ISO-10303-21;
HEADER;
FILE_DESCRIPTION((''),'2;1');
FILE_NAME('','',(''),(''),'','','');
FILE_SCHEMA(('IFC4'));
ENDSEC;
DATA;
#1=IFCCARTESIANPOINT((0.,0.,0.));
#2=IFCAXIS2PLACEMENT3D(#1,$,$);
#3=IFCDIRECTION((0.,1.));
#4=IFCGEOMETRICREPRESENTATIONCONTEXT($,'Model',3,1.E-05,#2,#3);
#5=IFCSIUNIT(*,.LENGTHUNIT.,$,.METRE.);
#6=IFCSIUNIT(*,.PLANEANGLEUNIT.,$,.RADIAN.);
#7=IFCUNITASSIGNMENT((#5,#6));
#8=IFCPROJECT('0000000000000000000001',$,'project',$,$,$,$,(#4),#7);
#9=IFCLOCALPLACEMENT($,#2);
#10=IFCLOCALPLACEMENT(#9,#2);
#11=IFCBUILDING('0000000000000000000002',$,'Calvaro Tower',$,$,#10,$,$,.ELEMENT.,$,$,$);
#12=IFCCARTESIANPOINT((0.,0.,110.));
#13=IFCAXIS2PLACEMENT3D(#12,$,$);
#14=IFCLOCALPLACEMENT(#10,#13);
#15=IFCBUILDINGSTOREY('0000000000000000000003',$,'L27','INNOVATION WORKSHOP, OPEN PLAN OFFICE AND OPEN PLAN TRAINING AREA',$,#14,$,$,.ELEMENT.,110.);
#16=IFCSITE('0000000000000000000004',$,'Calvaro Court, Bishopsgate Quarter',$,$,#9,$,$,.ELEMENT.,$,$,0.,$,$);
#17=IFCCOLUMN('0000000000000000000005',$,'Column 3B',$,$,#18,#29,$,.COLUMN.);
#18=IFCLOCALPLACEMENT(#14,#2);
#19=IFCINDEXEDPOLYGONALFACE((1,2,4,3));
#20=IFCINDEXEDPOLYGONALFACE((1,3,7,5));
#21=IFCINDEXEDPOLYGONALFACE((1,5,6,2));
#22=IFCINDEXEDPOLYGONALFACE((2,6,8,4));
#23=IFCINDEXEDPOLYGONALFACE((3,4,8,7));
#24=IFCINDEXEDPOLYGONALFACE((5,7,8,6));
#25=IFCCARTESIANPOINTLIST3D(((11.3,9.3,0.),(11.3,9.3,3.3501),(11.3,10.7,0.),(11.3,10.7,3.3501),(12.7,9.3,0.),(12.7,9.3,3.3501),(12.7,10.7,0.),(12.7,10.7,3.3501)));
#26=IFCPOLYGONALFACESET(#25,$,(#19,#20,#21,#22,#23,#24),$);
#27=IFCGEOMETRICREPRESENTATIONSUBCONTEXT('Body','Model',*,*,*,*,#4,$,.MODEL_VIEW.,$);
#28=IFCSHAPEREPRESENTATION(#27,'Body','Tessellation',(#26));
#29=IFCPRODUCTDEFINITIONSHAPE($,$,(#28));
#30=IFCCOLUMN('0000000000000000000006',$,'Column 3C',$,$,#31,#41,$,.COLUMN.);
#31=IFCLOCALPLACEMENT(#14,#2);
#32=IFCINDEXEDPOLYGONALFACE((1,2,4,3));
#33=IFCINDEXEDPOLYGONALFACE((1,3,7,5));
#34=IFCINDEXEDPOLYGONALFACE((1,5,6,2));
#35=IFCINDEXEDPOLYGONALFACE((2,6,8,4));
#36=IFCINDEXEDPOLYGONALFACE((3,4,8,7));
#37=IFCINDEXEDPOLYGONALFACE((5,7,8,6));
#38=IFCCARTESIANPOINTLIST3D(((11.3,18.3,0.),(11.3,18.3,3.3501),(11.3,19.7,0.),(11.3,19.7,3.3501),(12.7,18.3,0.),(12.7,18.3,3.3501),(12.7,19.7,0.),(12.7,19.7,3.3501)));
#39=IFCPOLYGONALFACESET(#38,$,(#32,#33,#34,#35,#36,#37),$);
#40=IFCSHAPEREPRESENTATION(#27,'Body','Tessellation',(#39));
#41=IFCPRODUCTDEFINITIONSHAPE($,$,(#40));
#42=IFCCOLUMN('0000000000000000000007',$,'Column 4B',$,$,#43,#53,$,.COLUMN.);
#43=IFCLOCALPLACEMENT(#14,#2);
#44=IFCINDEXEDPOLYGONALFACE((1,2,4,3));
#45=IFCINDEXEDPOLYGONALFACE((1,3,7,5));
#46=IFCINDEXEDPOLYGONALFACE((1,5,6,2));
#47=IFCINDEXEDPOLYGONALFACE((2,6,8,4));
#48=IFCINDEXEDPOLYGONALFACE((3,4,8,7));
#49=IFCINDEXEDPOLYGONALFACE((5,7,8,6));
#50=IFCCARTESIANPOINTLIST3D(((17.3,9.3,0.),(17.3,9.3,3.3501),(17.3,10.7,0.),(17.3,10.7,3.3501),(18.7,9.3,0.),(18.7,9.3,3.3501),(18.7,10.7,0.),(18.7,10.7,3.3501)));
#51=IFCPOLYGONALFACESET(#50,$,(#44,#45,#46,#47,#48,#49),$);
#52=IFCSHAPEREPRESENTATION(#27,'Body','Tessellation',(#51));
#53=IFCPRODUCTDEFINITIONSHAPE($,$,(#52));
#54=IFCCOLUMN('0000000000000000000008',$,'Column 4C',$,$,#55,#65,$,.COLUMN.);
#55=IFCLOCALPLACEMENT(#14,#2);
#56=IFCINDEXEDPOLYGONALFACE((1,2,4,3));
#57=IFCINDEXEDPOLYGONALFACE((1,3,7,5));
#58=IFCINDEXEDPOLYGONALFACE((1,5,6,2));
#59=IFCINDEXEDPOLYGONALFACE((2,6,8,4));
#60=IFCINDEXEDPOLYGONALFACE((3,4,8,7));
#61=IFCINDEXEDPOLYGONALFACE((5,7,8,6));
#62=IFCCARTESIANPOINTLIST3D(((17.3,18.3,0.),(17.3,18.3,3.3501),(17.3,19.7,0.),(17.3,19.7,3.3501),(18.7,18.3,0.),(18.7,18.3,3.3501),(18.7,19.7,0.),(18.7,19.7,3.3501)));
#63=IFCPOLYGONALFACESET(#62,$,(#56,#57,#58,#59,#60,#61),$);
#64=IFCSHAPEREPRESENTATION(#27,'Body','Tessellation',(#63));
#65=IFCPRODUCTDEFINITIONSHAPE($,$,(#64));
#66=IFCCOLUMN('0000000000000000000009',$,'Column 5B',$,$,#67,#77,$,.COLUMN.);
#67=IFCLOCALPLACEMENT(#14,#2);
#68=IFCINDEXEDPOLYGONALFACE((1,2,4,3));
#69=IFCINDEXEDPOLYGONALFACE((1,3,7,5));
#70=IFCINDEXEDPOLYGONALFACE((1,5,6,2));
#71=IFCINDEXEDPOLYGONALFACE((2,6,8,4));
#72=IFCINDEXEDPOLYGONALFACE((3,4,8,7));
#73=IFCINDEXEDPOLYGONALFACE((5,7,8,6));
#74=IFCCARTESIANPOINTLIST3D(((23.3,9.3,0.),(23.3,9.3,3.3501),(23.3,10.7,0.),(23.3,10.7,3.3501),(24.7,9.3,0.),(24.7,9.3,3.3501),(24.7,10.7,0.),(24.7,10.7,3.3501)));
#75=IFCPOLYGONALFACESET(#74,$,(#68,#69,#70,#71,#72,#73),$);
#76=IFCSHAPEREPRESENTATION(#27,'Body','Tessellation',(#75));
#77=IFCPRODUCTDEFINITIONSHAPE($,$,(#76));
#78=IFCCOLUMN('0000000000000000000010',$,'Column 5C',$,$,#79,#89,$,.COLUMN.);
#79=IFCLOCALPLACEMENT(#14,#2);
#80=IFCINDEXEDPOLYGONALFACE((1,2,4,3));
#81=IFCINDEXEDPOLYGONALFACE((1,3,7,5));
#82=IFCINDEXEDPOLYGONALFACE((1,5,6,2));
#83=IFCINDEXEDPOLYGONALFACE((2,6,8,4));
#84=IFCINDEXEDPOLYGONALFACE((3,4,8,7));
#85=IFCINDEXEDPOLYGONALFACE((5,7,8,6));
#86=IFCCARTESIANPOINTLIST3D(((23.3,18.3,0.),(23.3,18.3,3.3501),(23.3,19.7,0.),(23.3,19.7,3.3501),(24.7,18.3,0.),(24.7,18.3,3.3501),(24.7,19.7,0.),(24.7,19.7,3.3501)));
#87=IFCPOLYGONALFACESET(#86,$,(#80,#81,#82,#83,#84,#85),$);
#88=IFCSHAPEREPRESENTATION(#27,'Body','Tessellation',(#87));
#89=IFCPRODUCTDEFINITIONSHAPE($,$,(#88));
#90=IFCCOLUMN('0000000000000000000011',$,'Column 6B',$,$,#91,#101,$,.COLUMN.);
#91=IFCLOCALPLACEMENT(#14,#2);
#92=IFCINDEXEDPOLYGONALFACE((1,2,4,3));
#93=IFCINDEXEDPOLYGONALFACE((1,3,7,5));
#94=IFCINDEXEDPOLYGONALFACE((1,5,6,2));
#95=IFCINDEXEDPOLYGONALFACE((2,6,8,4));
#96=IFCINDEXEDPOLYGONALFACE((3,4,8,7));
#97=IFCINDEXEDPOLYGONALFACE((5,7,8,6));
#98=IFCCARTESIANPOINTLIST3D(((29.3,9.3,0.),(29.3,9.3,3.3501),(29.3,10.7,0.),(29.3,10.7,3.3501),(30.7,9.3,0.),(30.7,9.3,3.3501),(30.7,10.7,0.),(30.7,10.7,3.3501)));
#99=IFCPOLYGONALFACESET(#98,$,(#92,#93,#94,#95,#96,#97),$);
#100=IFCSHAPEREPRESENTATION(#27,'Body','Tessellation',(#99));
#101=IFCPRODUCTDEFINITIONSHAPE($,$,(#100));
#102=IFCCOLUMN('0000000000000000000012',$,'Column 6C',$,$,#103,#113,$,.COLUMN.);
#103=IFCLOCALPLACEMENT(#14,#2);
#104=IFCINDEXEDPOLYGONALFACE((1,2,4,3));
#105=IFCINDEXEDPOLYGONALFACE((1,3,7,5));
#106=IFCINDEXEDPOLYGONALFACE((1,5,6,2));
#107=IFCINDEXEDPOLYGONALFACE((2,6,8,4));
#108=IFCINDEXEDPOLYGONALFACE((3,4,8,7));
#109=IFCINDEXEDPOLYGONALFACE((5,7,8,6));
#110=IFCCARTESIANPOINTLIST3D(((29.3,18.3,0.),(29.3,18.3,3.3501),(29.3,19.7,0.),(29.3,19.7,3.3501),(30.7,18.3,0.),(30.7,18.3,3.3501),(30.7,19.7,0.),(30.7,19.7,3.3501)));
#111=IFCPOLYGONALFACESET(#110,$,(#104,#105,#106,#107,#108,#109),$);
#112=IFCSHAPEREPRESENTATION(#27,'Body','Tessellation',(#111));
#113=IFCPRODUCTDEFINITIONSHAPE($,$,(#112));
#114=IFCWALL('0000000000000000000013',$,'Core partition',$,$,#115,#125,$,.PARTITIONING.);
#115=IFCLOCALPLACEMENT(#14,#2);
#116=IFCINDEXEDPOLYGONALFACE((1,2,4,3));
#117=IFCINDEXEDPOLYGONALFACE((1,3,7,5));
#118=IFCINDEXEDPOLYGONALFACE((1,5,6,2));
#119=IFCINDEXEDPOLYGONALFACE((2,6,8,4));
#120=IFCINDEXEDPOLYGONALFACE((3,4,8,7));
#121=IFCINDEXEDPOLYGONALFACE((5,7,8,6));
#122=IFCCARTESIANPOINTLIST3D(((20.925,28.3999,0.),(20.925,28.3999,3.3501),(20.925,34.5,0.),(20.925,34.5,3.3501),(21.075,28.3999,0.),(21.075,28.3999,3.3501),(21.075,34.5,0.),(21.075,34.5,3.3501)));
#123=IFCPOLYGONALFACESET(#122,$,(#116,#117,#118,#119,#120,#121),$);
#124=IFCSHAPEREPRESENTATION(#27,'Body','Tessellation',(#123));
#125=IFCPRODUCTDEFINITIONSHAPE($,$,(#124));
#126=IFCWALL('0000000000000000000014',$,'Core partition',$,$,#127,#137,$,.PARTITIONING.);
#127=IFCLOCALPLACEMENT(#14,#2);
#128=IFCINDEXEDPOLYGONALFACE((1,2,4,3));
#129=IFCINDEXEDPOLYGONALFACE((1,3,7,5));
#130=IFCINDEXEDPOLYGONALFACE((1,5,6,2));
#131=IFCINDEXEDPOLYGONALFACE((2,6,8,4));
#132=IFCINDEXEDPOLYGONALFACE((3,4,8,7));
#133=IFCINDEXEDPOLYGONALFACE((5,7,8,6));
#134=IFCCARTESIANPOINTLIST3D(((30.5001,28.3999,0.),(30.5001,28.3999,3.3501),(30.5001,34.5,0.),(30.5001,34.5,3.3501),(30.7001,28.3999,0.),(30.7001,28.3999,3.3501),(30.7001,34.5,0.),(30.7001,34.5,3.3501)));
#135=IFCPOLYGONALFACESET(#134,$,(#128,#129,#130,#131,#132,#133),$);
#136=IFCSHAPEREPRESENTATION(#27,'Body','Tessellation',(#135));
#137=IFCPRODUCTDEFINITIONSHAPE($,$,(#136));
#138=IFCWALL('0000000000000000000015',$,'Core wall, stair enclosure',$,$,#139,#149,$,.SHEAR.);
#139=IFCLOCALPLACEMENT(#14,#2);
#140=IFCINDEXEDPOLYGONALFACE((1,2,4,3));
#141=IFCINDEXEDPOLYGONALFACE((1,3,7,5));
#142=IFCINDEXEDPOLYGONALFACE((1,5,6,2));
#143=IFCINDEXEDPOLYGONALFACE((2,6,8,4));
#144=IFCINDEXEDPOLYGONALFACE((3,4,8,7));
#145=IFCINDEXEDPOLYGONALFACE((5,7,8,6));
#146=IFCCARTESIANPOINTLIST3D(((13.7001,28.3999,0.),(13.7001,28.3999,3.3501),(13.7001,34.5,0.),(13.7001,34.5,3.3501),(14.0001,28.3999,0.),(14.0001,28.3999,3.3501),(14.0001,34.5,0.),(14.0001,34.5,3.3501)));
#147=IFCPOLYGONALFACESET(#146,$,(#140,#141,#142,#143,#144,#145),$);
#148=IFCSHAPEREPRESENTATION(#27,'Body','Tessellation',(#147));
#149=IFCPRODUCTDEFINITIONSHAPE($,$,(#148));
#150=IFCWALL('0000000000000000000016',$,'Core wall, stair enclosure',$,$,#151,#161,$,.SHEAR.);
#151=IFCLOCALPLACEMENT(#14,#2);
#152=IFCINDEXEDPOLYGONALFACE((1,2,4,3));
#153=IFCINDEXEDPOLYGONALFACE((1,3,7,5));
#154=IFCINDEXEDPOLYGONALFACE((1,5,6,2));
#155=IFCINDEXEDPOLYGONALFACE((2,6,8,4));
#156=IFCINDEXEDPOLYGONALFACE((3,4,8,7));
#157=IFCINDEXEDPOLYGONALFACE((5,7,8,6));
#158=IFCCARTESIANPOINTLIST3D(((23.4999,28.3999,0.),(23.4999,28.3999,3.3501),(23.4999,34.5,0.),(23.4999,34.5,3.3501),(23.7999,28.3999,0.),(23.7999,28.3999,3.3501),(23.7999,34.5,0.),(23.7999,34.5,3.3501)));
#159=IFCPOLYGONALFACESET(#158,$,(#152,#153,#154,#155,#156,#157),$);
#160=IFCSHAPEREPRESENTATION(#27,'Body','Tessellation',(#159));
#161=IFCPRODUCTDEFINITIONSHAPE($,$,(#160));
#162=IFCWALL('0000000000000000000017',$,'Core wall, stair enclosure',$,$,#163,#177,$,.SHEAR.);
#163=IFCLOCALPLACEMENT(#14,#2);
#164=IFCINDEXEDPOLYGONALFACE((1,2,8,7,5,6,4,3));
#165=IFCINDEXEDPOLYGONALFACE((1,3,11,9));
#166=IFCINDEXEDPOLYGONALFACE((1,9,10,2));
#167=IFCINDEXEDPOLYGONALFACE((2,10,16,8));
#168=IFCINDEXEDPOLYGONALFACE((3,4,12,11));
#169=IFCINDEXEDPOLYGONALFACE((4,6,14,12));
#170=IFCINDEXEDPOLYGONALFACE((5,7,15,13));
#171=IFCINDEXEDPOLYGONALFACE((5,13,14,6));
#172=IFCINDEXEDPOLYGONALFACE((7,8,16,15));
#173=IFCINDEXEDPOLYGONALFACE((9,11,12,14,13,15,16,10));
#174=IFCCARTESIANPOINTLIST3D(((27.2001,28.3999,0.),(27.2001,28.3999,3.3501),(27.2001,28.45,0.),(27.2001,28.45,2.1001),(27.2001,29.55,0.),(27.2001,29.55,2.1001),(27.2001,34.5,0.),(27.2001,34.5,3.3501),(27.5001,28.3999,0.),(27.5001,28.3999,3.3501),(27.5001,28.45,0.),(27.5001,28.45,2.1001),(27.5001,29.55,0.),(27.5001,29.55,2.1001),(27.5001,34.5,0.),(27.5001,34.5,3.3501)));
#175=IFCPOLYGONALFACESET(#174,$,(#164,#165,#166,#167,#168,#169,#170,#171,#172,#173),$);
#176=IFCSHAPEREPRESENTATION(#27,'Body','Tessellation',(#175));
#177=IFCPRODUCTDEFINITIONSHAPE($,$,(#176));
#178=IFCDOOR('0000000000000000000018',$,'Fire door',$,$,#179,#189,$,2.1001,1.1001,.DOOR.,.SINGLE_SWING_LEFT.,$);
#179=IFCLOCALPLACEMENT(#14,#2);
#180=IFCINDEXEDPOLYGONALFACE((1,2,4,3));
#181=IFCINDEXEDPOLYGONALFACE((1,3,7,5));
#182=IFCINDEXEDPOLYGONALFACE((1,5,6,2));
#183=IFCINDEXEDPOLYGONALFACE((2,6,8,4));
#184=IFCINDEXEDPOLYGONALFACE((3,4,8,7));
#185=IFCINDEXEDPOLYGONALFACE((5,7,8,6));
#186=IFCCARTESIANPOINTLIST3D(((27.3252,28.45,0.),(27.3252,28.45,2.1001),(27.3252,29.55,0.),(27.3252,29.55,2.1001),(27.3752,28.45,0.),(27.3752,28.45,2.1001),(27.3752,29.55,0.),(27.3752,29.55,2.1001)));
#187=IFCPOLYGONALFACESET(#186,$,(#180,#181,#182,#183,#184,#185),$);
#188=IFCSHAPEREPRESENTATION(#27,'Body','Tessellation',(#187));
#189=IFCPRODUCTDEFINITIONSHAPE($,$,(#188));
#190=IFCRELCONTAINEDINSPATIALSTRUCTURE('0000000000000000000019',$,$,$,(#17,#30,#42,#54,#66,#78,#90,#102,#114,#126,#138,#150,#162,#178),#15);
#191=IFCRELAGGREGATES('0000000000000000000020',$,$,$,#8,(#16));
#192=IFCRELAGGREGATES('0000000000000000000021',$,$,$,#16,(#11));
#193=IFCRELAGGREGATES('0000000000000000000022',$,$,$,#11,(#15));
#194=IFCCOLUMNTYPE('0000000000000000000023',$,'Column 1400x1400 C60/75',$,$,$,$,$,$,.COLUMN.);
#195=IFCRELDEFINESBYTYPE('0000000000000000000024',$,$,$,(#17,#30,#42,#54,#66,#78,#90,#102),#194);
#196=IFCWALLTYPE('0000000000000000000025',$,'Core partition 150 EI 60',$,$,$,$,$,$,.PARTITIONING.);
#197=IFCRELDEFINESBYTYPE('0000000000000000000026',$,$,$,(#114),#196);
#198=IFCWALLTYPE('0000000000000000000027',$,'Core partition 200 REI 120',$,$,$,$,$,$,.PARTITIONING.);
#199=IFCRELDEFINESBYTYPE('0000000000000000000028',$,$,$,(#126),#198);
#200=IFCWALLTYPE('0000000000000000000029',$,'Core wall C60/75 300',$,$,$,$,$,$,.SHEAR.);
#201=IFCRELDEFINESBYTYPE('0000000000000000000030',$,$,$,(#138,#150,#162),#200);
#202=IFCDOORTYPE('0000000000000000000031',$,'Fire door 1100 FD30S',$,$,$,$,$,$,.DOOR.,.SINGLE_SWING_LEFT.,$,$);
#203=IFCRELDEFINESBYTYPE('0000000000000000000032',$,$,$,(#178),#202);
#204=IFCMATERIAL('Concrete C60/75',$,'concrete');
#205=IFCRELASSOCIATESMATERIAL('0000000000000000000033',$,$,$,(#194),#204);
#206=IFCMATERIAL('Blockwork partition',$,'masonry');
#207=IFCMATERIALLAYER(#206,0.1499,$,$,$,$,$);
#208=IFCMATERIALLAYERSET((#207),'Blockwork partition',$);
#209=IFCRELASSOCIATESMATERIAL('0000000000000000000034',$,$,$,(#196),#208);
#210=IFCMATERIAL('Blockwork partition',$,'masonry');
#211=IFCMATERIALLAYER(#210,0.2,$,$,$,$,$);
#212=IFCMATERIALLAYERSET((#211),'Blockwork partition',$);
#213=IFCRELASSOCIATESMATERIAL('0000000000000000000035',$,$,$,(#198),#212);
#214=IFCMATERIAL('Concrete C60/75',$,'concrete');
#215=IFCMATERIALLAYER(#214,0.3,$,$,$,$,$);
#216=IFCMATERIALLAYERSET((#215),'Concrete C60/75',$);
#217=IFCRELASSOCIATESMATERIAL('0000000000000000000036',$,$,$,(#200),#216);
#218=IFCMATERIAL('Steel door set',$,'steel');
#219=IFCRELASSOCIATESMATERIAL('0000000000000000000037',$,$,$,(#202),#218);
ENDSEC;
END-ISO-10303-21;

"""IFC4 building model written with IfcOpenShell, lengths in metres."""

from ifc_helpers import new_model, si_unit, direction, frame, frame_2d, origin, origin_2d, place, context, subcontext, project, spatial, rectangle, extrude, material, layer, layer_set, material_profile, profile_set, type_object, element, fill, save


model = new_model("IFC4")

# Units and contexts
model_context = context("Model", 3, precision=1e-05, world=origin(), true_north=direction((0.0, 1.0)))
body_context = subcontext(model_context, "Body", "Model", "MODEL_VIEW")
ifc_project = project(units=[si_unit("LENGTHUNIT", "METRE"), si_unit("PLANEANGLEUNIT", "RADIAN")], contexts=[model_context])

# Site, building, storey
site_placement = place(None, origin())
site = spatial("IfcSite", under=ifc_project, at=site_placement, Name="Calvaro Court, Bishopsgate Quarter", CompositionType="ELEMENT", RefElevation=0.0)
building_placement = place(site_placement, origin())
building = spatial("IfcBuilding", under=site, at=building_placement, Name="Calvaro Tower", CompositionType="ELEMENT")
storey_placement = place(building_placement, frame((0.0, 0.0, 110.0)))
storey = spatial("IfcBuildingStorey", under=building, at=storey_placement, Name="L27", Description="INNOVATION WORKSHOP, OPEN PLAN OFFICE AND OPEN PLAN TRAINING AREA", CompositionType="ELEMENT", Elevation=110.0)

# Columns
ifc_material_1 = material(Name="Concrete C60/75", Category="concrete")
ifc_material_profile = material_profile(ifc_material_1, rectangle(XDim=1.3999, YDim=1.3999, at=origin_2d()), Name="RC 1400x1400")
ifc_profile_set = profile_set([ifc_material_profile], Name="Concrete C60/75")
column_type = type_object("IfcColumnType", Name="Column 1400x1400 C60/75", PredefinedType="COLUMN", material=ifc_profile_set)
for number, where, z_axis, x_axis, name in (
    (1, (12.0, 10.0, 0.0), (0.0, 0.0, 1.0), (1.0, 0.0, 0.0), "Column 3B"),
    (2, (12.0, 19.0, 0.0), (0.0, 0.0, 1.0), (1.0, 0.0, 0.0), "Column 3C"),
    (3, (18.0, 10.0, 0.0), (0.0, 0.0, 1.0), (1.0, 0.0, 0.0), "Column 4B"),
    (4, (18.0, 19.0, 0.0), (0.0, 0.0, 1.0), (1.0, 0.0, 0.0), "Column 4C"),
    (5, (24.0, 10.0, 0.0), (0.0, 0.0, 1.0), (1.0, 0.0, 0.0), "Column 5B"),
    (6, (24.0, 19.0, 0.0), (0.0, 0.0, 1.0), (1.0, 0.0, 0.0), "Column 5C"),
    (7, (30.0, 10.0, 0.0), (0.0, 0.0, 1.0), (1.0, 0.0, 0.0), "Column 6B"),
    (8, (30.0, 19.0, 0.0), (0.0, 0.0, 1.0), (1.0, 0.0, 0.0), "Column 6C"),
):
    element("IfcColumn", number, at=place(storey_placement, frame(where, z_axis=z_axis, x_axis=x_axis)), inside=storey, type_object=column_type, Name=name, PredefinedType="COLUMN", context=body_context, shape_type="SweptSolid", body=[
        extrude(rectangle(XDim=1.3999, YDim=1.3999, at=origin_2d()), origin(), (0.0, 0.0, 1.0), 3.3501),
    ])

# Walls
ifc_material_2 = material(Name="Blockwork partition", Category="masonry")
ifc_layer_1 = layer(ifc_material_2, 0.1499)
ifc_layer_set_1 = layer_set([ifc_layer_1], Name="Blockwork partition")
wall_type_1 = type_object("IfcWallType", Name="Core partition 150 EI 60", PredefinedType="PARTITIONING", material=ifc_layer_set_1)
wall_1_placement = place(storey_placement, frame((21.0, 28.3999, 0.0), z_axis=(0.0, 0.0, 1.0), x_axis=(0.0, 1.0, 0.0)))
element("IfcWall", 9, at=wall_1_placement, inside=storey, type_object=wall_type_1, Name="Core partition", PredefinedType="PARTITIONING", context=body_context, shape_type="SweptSolid", body=[
    extrude(rectangle(XDim=6.1001, YDim=0.1499, at=frame_2d((3.05, 0.0))), origin(), (0.0, 0.0, 1.0), 3.3501),
])
ifc_material_3 = material(Name="Blockwork partition", Category="masonry")
ifc_layer_2 = layer(ifc_material_3, 0.2)
ifc_layer_set_2 = layer_set([ifc_layer_2], Name="Blockwork partition")
wall_type_2 = type_object("IfcWallType", Name="Core partition 200 REI 120", PredefinedType="PARTITIONING", material=ifc_layer_set_2)
wall_2_placement = place(storey_placement, frame((30.6001, 28.3999, 0.0), z_axis=(0.0, 0.0, 1.0), x_axis=(0.0, 1.0, 0.0)))
element("IfcWall", 10, at=wall_2_placement, inside=storey, type_object=wall_type_2, Name="Core partition", PredefinedType="PARTITIONING", context=body_context, shape_type="SweptSolid", body=[
    extrude(rectangle(XDim=6.1001, YDim=0.2, at=frame_2d((3.05, 0.0))), origin(), (0.0, 0.0, 1.0), 3.3501),
])
ifc_material_4 = material(Name="Concrete C60/75", Category="concrete")
ifc_layer_3 = layer(ifc_material_4, 0.3)
ifc_layer_set_3 = layer_set([ifc_layer_3], Name="Concrete C60/75")
wall_type_3 = type_object("IfcWallType", Name="Core wall C60/75 300", PredefinedType="SHEAR", material=ifc_layer_set_3)
for number, where, z_axis, x_axis, name in (
    (11, (13.8501, 28.3999, 0.0), (0.0, 0.0, 1.0), (0.0, 1.0, 0.0), "Core wall, stair enclosure"),
    (12, (23.6499, 28.3999, 0.0), (0.0, 0.0, 1.0), (0.0, 1.0, 0.0), "Core wall, stair enclosure"),
):
    element("IfcWall", number, at=place(storey_placement, frame(where, z_axis=z_axis, x_axis=x_axis)), inside=storey, type_object=wall_type_3, Name=name, PredefinedType="SHEAR", context=body_context, shape_type="SweptSolid", body=[
        extrude(rectangle(XDim=6.1001, YDim=0.3, at=frame_2d((3.05, 0.0))), origin(), (0.0, 0.0, 1.0), 3.3501),
    ])

# Wall, opening, door
wall_3_placement = place(storey_placement, frame((27.3501, 28.3999, 0.0), z_axis=(0.0, 0.0, 1.0), x_axis=(0.0, 1.0, 0.0)))
wall_3 = element("IfcWall", 13, at=wall_3_placement, inside=storey, type_object=wall_type_3, Name="Core wall, stair enclosure", PredefinedType="SHEAR", context=body_context, shape_type="SweptSolid", body=[
    extrude(rectangle(XDim=6.1001, YDim=0.3, at=frame_2d((3.05, 0.0))), origin(), (0.0, 0.0, 1.0), 3.3501),
])
opening_1_placement = place(wall_3_placement, frame((0.05, 0.0, 0.0)))
opening_1 = element("IfcOpeningElement", 14, at=opening_1_placement, cuts=wall_3, PredefinedType="OPENING", context=body_context, shape_type="SweptSolid", body=[
    extrude(rectangle(XDim=1.1001, YDim=2.1001, at=frame_2d((0.55, 1.05))), frame((0.0, 0.1599, 0.0), z_axis=(0.0, -1.0, 0.0), x_axis=(1.0, 0.0, 0.0)), (0.0, 0.0, 1.0), 0.3201),
])
ifc_material_5 = material(Name="Steel door set", Category="steel")
door_type_1 = type_object("IfcDoorType", Name="Fire door 1100 FD30S", OperationType="SINGLE_SWING_LEFT", PredefinedType="DOOR", material=ifc_material_5)
door_1_placement = place(opening_1_placement, origin())
door_1 = element("IfcDoor", 15, at=door_1_placement, inside=storey, type_object=door_type_1, Name="Fire door", OperationType="SINGLE_SWING_LEFT", OverallHeight=2.1001, OverallWidth=1.1001, PredefinedType="DOOR", context=body_context, shape_type="SweptSolid", body=[
    extrude(rectangle(XDim=1.1001, YDim=2.1001, at=frame_2d((0.55, 1.05))), frame((0.0, 0.0249, 0.0), z_axis=(0.0, -1.0, 0.0), x_axis=(1.0, 0.0, 0.0)), (0.0, 0.0, 1.0), 0.05),
])
fill(opening_1, door_1)

save(model, "model.ifc")
